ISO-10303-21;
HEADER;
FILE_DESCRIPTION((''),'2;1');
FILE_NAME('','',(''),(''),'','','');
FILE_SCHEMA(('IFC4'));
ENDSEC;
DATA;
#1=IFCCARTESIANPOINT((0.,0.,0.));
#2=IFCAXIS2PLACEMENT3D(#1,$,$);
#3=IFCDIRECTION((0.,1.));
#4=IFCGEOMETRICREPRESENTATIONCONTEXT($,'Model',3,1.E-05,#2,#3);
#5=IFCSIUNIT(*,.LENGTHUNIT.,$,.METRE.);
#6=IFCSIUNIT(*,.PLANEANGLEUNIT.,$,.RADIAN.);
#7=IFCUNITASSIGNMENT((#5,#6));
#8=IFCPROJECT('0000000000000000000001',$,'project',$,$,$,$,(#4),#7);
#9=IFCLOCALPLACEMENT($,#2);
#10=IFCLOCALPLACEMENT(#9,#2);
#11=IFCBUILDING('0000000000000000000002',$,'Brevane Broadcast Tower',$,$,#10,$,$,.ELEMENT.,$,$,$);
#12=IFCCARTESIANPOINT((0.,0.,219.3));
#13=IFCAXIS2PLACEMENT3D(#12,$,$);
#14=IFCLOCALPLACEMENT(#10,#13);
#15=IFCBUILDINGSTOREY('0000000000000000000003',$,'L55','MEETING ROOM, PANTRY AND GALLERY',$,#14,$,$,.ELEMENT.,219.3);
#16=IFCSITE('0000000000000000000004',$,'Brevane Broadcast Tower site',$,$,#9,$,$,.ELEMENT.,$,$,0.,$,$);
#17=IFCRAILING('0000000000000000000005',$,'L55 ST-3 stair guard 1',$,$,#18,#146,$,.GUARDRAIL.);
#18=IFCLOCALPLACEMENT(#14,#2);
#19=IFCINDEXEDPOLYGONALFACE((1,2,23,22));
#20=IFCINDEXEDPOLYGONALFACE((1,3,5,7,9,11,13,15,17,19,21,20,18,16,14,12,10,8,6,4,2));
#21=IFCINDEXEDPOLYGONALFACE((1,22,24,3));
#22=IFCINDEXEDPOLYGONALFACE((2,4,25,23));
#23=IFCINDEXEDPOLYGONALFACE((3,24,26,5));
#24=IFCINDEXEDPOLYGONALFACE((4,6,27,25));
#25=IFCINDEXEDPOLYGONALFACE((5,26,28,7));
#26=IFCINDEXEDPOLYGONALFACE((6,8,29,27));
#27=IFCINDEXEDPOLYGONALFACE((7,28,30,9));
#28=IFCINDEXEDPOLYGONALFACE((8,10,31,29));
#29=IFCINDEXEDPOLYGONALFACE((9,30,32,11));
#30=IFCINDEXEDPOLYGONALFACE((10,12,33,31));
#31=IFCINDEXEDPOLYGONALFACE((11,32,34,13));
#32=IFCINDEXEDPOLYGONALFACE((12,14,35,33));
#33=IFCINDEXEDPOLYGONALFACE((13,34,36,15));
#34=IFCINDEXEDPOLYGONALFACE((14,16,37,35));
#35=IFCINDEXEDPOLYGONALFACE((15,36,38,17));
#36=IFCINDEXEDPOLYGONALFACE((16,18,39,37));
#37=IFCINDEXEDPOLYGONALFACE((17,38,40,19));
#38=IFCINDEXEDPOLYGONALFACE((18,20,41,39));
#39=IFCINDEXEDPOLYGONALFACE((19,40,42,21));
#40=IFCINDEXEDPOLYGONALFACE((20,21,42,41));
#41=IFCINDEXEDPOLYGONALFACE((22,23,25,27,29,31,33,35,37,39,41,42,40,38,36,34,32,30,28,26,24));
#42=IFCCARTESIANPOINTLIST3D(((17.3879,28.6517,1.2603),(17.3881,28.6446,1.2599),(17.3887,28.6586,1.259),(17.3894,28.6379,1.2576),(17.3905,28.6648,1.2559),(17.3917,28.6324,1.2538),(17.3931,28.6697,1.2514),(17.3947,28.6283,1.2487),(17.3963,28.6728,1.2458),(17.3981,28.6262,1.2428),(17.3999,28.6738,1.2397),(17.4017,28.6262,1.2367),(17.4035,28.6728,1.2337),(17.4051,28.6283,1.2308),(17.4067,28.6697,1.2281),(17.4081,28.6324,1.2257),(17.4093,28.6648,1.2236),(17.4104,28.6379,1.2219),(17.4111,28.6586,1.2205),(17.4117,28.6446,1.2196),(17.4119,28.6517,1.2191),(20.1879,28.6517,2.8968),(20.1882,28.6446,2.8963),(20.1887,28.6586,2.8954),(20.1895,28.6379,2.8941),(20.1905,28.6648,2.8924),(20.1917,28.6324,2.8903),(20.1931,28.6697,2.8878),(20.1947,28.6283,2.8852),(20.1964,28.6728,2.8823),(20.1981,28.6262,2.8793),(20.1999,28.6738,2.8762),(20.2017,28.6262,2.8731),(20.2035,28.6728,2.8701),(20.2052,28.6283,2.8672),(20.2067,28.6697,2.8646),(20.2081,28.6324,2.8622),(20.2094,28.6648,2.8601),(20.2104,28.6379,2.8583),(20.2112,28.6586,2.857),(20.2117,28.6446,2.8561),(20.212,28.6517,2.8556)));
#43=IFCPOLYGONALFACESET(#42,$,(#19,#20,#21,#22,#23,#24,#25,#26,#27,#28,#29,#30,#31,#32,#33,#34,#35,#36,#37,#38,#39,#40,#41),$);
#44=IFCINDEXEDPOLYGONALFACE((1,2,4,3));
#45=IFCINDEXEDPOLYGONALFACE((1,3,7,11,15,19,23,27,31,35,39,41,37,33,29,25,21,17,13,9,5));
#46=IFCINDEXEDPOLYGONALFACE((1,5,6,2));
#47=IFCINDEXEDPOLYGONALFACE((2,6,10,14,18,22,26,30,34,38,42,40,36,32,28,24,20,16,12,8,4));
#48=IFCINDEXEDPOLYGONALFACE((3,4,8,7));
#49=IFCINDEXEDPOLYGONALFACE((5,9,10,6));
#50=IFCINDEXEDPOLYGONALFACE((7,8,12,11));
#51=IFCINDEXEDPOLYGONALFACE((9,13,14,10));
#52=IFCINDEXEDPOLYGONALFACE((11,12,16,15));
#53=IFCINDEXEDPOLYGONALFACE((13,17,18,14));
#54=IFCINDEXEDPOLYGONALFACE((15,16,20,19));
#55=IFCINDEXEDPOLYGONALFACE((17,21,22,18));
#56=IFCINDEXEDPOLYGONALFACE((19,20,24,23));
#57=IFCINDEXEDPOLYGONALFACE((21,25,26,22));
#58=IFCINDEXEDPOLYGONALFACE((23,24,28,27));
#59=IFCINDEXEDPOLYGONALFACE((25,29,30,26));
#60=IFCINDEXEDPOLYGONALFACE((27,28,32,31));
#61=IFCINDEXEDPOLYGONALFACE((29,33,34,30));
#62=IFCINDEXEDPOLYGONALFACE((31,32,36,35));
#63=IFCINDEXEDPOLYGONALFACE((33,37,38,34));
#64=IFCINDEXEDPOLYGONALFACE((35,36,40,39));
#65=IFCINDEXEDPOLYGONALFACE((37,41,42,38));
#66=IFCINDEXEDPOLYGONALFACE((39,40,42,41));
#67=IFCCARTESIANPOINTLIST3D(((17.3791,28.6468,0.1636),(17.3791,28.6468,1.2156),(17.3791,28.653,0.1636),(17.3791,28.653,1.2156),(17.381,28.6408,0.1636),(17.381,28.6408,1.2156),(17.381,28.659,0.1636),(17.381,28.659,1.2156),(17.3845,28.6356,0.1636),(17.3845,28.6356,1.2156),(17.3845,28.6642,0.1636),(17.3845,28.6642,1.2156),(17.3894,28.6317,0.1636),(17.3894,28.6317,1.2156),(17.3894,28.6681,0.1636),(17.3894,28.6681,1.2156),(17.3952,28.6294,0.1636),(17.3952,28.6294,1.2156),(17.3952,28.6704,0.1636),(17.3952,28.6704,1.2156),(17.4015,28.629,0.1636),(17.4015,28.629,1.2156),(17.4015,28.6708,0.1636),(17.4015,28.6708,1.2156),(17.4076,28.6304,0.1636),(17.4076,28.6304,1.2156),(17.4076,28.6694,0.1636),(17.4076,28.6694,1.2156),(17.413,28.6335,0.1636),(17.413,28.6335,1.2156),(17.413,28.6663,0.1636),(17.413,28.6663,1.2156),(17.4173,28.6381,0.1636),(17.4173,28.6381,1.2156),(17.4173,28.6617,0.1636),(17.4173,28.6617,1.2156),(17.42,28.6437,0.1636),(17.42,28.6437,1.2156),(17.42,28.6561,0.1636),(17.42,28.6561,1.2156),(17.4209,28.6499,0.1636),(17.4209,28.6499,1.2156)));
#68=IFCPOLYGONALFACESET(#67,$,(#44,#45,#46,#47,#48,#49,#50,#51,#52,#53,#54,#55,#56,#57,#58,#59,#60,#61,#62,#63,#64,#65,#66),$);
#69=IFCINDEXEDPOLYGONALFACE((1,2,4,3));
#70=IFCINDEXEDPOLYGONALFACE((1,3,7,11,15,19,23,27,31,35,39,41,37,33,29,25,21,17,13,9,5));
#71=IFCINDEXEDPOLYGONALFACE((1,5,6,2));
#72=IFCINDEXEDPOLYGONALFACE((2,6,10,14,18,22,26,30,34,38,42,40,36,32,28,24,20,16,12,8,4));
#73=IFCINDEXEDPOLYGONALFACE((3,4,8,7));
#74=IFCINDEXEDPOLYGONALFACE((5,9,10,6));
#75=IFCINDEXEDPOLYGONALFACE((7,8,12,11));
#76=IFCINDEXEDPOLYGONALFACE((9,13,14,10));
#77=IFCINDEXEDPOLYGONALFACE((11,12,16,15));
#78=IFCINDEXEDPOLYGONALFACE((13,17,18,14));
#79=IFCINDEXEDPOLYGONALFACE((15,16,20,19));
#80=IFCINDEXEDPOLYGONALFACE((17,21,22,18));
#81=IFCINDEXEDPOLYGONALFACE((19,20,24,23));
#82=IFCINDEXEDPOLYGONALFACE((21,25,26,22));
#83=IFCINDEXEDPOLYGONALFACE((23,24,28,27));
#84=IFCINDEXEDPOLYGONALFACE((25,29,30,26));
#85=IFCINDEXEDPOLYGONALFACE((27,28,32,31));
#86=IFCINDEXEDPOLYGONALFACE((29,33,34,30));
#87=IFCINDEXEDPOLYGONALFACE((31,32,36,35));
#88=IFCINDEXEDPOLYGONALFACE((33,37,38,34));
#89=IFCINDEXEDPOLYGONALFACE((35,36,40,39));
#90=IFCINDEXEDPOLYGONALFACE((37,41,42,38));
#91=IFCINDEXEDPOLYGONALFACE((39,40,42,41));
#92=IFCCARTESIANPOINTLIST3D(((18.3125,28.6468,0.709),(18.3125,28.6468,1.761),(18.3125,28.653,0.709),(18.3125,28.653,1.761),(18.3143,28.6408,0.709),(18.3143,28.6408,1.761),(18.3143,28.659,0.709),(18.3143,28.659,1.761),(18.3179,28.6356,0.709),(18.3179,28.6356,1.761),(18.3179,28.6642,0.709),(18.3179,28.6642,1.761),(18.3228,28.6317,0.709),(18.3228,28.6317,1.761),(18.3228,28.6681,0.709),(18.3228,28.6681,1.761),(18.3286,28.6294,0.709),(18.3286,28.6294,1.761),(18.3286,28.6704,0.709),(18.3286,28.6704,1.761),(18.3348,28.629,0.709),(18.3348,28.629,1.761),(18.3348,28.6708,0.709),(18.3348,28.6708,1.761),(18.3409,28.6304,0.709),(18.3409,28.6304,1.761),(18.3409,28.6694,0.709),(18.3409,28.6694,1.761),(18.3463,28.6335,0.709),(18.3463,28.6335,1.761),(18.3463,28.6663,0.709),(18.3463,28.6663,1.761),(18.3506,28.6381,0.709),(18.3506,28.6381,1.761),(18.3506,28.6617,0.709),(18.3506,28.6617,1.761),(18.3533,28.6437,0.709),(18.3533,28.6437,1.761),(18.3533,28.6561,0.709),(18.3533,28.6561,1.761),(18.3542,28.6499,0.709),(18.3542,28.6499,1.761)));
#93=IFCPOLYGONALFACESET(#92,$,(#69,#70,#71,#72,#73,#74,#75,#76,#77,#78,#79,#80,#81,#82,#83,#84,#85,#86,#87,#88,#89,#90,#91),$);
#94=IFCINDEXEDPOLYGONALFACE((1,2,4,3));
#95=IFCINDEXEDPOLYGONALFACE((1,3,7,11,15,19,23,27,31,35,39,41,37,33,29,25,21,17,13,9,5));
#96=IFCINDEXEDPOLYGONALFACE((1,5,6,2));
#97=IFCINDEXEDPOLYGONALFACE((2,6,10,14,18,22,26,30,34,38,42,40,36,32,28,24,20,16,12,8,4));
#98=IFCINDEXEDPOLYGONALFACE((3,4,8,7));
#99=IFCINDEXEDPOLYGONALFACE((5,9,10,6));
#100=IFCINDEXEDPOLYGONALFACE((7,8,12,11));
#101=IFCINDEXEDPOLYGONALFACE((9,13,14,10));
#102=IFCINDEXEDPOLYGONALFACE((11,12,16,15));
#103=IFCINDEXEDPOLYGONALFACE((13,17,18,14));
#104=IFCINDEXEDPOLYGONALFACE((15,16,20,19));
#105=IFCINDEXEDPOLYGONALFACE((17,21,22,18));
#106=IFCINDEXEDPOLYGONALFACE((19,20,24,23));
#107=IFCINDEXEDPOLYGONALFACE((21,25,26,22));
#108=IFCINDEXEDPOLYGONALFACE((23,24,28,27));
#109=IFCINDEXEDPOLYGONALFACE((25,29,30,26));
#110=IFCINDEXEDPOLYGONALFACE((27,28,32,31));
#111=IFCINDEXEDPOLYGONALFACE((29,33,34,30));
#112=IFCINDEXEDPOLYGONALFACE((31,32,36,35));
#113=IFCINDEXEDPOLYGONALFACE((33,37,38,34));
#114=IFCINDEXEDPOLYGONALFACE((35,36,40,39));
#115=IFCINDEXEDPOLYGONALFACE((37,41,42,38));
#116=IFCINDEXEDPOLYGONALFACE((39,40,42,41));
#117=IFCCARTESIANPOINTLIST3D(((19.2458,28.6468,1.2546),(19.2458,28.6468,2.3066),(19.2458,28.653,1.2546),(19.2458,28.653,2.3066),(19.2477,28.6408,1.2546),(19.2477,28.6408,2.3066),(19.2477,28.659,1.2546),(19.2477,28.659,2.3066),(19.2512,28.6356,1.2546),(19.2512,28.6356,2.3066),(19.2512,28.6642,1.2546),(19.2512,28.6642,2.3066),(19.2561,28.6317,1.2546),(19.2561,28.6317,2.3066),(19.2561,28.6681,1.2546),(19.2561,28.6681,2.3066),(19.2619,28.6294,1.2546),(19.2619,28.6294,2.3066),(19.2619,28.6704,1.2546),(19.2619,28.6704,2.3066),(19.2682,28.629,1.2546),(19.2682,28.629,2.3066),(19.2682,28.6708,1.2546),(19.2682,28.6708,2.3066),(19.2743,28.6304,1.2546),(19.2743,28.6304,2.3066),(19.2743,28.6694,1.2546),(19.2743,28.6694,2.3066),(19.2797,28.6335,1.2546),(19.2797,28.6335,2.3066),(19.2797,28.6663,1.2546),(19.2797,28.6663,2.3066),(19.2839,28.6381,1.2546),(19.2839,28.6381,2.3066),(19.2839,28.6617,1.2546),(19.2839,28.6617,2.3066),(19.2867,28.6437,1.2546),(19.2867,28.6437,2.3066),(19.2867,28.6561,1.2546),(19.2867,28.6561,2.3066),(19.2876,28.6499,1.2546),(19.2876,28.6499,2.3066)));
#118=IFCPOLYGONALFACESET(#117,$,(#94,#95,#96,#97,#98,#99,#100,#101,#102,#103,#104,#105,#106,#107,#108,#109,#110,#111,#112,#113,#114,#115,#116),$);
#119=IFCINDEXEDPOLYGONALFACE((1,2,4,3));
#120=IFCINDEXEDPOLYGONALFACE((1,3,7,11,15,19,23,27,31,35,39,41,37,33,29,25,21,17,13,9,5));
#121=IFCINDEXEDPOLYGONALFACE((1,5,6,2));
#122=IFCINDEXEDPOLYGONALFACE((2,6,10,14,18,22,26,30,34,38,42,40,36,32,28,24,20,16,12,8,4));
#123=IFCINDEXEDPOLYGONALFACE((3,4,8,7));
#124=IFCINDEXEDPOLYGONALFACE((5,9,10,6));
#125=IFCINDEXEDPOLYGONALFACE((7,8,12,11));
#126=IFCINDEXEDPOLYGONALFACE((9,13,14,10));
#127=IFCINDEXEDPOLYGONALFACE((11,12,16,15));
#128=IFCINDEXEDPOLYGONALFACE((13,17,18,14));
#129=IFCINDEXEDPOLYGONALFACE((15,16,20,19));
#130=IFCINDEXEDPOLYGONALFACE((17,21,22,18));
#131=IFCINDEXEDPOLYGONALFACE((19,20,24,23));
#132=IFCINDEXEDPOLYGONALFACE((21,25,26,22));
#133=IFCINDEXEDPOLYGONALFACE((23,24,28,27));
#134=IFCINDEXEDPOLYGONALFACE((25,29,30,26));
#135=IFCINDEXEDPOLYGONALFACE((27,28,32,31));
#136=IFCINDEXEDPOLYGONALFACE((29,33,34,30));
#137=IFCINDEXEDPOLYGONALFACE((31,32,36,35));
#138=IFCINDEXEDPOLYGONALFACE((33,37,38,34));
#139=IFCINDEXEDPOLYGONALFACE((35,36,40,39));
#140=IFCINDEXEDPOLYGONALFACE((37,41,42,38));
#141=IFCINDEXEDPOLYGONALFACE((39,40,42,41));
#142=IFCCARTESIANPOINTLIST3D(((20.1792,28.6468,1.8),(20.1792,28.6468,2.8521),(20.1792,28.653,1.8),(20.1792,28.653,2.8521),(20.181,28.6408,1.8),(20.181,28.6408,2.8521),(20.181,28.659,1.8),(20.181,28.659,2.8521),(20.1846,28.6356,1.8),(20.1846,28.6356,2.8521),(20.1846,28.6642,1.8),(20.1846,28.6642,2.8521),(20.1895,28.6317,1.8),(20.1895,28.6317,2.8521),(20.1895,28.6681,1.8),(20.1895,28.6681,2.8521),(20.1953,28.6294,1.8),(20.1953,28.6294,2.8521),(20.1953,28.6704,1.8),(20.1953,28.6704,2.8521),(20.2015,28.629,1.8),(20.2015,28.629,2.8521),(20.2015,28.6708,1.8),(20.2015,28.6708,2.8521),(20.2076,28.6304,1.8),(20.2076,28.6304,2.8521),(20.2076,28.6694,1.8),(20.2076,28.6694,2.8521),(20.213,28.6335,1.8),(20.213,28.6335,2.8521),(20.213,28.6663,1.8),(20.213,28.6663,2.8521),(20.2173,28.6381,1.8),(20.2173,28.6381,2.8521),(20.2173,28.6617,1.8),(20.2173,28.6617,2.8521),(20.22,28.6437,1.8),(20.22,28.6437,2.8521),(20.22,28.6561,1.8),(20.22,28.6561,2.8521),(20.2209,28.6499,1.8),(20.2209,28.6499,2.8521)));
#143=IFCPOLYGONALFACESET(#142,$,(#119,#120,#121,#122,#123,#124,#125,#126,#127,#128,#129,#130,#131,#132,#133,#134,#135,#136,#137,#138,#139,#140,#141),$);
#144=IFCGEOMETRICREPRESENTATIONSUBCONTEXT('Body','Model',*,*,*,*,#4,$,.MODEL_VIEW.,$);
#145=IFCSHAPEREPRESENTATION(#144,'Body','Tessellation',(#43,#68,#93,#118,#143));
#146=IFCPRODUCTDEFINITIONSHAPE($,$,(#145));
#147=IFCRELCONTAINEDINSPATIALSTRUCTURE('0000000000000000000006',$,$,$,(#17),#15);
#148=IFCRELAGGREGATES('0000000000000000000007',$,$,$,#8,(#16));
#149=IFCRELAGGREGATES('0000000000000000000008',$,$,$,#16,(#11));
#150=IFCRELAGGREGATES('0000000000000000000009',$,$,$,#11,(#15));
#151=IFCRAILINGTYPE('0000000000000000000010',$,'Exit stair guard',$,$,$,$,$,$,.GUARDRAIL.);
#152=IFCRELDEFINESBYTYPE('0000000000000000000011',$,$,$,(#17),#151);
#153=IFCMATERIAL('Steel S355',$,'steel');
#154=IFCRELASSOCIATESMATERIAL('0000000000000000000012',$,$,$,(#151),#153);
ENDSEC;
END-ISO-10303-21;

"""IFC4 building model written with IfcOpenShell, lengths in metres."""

from ifc_helpers import new_model, si_unit, direction, frame, origin, origin_2d, place, context, subcontext, project, spatial, circle, extrude, material, type_object, element, save


model = new_model("IFC4")

# Units and contexts
model_context = context("Model", 3, precision=1e-05, world=origin(), true_north=direction((0.0, 1.0)))
body_context = subcontext(model_context, "Body", "Model", "MODEL_VIEW")
ifc_project = project(units=[si_unit("LENGTHUNIT", "METRE"), si_unit("PLANEANGLEUNIT", "RADIAN")], contexts=[model_context])

# Site, building, storey
site_placement = place(None, origin())
site = spatial("IfcSite", under=ifc_project, at=site_placement, Name="Brevane Broadcast Tower site", CompositionType="ELEMENT", RefElevation=0.0)
building_placement = place(site_placement, origin())
building = spatial("IfcBuilding", under=site, at=building_placement, Name="Brevane Broadcast Tower", CompositionType="ELEMENT")
storey_placement = place(building_placement, frame((0.0, 0.0, 219.3)))
storey = spatial("IfcBuildingStorey", under=building, at=storey_placement, Name="L55", Description="MEETING ROOM, PANTRY AND GALLERY", CompositionType="ELEMENT", Elevation=219.3)

# Railing
ifc_material_1 = material(Name="Steel S355", Category="steel")
railing_type_1 = type_object("IfcRailingType", Name="Exit stair guard", PredefinedType="GUARDRAIL", material=ifc_material_1)
railing_1_placement = place(storey_placement, frame((17.3999, 28.6499, 0.1636)))
element("IfcRailing", 1, at=railing_1_placement, inside=storey, type_object=railing_type_1, Name="L55 ST-3 stair guard 1", PredefinedType="GUARDRAIL", context=body_context, shape_type="SweptSolid", body=[
    extrude(circle(Radius=0.0239, at=origin_2d()), frame((0.0, 0.0, 1.0762), z_axis=(0.863361, 0.0, 0.504587), x_axis=(0.0, 1.0, 0.0)), (0.0, 0.0, 1.0), 3.2432),
    extrude(circle(Radius=0.021, at=origin_2d()), origin(), (0.0, 0.0, 1.0), 1.052),
    extrude(circle(Radius=0.021, at=origin_2d()), frame((0.9333, 0.0, 0.5454)), (0.0, 0.0, 1.0), 1.052),
    extrude(circle(Radius=0.021, at=origin_2d()), frame((1.8667, 0.0, 1.0911)), (0.0, 0.0, 1.0), 1.052),
    extrude(circle(Radius=0.021, at=origin_2d()), frame((2.8, 0.0, 1.6365)), (0.0, 0.0, 1.0), 1.052),
])

save(model, "model.ifc")
